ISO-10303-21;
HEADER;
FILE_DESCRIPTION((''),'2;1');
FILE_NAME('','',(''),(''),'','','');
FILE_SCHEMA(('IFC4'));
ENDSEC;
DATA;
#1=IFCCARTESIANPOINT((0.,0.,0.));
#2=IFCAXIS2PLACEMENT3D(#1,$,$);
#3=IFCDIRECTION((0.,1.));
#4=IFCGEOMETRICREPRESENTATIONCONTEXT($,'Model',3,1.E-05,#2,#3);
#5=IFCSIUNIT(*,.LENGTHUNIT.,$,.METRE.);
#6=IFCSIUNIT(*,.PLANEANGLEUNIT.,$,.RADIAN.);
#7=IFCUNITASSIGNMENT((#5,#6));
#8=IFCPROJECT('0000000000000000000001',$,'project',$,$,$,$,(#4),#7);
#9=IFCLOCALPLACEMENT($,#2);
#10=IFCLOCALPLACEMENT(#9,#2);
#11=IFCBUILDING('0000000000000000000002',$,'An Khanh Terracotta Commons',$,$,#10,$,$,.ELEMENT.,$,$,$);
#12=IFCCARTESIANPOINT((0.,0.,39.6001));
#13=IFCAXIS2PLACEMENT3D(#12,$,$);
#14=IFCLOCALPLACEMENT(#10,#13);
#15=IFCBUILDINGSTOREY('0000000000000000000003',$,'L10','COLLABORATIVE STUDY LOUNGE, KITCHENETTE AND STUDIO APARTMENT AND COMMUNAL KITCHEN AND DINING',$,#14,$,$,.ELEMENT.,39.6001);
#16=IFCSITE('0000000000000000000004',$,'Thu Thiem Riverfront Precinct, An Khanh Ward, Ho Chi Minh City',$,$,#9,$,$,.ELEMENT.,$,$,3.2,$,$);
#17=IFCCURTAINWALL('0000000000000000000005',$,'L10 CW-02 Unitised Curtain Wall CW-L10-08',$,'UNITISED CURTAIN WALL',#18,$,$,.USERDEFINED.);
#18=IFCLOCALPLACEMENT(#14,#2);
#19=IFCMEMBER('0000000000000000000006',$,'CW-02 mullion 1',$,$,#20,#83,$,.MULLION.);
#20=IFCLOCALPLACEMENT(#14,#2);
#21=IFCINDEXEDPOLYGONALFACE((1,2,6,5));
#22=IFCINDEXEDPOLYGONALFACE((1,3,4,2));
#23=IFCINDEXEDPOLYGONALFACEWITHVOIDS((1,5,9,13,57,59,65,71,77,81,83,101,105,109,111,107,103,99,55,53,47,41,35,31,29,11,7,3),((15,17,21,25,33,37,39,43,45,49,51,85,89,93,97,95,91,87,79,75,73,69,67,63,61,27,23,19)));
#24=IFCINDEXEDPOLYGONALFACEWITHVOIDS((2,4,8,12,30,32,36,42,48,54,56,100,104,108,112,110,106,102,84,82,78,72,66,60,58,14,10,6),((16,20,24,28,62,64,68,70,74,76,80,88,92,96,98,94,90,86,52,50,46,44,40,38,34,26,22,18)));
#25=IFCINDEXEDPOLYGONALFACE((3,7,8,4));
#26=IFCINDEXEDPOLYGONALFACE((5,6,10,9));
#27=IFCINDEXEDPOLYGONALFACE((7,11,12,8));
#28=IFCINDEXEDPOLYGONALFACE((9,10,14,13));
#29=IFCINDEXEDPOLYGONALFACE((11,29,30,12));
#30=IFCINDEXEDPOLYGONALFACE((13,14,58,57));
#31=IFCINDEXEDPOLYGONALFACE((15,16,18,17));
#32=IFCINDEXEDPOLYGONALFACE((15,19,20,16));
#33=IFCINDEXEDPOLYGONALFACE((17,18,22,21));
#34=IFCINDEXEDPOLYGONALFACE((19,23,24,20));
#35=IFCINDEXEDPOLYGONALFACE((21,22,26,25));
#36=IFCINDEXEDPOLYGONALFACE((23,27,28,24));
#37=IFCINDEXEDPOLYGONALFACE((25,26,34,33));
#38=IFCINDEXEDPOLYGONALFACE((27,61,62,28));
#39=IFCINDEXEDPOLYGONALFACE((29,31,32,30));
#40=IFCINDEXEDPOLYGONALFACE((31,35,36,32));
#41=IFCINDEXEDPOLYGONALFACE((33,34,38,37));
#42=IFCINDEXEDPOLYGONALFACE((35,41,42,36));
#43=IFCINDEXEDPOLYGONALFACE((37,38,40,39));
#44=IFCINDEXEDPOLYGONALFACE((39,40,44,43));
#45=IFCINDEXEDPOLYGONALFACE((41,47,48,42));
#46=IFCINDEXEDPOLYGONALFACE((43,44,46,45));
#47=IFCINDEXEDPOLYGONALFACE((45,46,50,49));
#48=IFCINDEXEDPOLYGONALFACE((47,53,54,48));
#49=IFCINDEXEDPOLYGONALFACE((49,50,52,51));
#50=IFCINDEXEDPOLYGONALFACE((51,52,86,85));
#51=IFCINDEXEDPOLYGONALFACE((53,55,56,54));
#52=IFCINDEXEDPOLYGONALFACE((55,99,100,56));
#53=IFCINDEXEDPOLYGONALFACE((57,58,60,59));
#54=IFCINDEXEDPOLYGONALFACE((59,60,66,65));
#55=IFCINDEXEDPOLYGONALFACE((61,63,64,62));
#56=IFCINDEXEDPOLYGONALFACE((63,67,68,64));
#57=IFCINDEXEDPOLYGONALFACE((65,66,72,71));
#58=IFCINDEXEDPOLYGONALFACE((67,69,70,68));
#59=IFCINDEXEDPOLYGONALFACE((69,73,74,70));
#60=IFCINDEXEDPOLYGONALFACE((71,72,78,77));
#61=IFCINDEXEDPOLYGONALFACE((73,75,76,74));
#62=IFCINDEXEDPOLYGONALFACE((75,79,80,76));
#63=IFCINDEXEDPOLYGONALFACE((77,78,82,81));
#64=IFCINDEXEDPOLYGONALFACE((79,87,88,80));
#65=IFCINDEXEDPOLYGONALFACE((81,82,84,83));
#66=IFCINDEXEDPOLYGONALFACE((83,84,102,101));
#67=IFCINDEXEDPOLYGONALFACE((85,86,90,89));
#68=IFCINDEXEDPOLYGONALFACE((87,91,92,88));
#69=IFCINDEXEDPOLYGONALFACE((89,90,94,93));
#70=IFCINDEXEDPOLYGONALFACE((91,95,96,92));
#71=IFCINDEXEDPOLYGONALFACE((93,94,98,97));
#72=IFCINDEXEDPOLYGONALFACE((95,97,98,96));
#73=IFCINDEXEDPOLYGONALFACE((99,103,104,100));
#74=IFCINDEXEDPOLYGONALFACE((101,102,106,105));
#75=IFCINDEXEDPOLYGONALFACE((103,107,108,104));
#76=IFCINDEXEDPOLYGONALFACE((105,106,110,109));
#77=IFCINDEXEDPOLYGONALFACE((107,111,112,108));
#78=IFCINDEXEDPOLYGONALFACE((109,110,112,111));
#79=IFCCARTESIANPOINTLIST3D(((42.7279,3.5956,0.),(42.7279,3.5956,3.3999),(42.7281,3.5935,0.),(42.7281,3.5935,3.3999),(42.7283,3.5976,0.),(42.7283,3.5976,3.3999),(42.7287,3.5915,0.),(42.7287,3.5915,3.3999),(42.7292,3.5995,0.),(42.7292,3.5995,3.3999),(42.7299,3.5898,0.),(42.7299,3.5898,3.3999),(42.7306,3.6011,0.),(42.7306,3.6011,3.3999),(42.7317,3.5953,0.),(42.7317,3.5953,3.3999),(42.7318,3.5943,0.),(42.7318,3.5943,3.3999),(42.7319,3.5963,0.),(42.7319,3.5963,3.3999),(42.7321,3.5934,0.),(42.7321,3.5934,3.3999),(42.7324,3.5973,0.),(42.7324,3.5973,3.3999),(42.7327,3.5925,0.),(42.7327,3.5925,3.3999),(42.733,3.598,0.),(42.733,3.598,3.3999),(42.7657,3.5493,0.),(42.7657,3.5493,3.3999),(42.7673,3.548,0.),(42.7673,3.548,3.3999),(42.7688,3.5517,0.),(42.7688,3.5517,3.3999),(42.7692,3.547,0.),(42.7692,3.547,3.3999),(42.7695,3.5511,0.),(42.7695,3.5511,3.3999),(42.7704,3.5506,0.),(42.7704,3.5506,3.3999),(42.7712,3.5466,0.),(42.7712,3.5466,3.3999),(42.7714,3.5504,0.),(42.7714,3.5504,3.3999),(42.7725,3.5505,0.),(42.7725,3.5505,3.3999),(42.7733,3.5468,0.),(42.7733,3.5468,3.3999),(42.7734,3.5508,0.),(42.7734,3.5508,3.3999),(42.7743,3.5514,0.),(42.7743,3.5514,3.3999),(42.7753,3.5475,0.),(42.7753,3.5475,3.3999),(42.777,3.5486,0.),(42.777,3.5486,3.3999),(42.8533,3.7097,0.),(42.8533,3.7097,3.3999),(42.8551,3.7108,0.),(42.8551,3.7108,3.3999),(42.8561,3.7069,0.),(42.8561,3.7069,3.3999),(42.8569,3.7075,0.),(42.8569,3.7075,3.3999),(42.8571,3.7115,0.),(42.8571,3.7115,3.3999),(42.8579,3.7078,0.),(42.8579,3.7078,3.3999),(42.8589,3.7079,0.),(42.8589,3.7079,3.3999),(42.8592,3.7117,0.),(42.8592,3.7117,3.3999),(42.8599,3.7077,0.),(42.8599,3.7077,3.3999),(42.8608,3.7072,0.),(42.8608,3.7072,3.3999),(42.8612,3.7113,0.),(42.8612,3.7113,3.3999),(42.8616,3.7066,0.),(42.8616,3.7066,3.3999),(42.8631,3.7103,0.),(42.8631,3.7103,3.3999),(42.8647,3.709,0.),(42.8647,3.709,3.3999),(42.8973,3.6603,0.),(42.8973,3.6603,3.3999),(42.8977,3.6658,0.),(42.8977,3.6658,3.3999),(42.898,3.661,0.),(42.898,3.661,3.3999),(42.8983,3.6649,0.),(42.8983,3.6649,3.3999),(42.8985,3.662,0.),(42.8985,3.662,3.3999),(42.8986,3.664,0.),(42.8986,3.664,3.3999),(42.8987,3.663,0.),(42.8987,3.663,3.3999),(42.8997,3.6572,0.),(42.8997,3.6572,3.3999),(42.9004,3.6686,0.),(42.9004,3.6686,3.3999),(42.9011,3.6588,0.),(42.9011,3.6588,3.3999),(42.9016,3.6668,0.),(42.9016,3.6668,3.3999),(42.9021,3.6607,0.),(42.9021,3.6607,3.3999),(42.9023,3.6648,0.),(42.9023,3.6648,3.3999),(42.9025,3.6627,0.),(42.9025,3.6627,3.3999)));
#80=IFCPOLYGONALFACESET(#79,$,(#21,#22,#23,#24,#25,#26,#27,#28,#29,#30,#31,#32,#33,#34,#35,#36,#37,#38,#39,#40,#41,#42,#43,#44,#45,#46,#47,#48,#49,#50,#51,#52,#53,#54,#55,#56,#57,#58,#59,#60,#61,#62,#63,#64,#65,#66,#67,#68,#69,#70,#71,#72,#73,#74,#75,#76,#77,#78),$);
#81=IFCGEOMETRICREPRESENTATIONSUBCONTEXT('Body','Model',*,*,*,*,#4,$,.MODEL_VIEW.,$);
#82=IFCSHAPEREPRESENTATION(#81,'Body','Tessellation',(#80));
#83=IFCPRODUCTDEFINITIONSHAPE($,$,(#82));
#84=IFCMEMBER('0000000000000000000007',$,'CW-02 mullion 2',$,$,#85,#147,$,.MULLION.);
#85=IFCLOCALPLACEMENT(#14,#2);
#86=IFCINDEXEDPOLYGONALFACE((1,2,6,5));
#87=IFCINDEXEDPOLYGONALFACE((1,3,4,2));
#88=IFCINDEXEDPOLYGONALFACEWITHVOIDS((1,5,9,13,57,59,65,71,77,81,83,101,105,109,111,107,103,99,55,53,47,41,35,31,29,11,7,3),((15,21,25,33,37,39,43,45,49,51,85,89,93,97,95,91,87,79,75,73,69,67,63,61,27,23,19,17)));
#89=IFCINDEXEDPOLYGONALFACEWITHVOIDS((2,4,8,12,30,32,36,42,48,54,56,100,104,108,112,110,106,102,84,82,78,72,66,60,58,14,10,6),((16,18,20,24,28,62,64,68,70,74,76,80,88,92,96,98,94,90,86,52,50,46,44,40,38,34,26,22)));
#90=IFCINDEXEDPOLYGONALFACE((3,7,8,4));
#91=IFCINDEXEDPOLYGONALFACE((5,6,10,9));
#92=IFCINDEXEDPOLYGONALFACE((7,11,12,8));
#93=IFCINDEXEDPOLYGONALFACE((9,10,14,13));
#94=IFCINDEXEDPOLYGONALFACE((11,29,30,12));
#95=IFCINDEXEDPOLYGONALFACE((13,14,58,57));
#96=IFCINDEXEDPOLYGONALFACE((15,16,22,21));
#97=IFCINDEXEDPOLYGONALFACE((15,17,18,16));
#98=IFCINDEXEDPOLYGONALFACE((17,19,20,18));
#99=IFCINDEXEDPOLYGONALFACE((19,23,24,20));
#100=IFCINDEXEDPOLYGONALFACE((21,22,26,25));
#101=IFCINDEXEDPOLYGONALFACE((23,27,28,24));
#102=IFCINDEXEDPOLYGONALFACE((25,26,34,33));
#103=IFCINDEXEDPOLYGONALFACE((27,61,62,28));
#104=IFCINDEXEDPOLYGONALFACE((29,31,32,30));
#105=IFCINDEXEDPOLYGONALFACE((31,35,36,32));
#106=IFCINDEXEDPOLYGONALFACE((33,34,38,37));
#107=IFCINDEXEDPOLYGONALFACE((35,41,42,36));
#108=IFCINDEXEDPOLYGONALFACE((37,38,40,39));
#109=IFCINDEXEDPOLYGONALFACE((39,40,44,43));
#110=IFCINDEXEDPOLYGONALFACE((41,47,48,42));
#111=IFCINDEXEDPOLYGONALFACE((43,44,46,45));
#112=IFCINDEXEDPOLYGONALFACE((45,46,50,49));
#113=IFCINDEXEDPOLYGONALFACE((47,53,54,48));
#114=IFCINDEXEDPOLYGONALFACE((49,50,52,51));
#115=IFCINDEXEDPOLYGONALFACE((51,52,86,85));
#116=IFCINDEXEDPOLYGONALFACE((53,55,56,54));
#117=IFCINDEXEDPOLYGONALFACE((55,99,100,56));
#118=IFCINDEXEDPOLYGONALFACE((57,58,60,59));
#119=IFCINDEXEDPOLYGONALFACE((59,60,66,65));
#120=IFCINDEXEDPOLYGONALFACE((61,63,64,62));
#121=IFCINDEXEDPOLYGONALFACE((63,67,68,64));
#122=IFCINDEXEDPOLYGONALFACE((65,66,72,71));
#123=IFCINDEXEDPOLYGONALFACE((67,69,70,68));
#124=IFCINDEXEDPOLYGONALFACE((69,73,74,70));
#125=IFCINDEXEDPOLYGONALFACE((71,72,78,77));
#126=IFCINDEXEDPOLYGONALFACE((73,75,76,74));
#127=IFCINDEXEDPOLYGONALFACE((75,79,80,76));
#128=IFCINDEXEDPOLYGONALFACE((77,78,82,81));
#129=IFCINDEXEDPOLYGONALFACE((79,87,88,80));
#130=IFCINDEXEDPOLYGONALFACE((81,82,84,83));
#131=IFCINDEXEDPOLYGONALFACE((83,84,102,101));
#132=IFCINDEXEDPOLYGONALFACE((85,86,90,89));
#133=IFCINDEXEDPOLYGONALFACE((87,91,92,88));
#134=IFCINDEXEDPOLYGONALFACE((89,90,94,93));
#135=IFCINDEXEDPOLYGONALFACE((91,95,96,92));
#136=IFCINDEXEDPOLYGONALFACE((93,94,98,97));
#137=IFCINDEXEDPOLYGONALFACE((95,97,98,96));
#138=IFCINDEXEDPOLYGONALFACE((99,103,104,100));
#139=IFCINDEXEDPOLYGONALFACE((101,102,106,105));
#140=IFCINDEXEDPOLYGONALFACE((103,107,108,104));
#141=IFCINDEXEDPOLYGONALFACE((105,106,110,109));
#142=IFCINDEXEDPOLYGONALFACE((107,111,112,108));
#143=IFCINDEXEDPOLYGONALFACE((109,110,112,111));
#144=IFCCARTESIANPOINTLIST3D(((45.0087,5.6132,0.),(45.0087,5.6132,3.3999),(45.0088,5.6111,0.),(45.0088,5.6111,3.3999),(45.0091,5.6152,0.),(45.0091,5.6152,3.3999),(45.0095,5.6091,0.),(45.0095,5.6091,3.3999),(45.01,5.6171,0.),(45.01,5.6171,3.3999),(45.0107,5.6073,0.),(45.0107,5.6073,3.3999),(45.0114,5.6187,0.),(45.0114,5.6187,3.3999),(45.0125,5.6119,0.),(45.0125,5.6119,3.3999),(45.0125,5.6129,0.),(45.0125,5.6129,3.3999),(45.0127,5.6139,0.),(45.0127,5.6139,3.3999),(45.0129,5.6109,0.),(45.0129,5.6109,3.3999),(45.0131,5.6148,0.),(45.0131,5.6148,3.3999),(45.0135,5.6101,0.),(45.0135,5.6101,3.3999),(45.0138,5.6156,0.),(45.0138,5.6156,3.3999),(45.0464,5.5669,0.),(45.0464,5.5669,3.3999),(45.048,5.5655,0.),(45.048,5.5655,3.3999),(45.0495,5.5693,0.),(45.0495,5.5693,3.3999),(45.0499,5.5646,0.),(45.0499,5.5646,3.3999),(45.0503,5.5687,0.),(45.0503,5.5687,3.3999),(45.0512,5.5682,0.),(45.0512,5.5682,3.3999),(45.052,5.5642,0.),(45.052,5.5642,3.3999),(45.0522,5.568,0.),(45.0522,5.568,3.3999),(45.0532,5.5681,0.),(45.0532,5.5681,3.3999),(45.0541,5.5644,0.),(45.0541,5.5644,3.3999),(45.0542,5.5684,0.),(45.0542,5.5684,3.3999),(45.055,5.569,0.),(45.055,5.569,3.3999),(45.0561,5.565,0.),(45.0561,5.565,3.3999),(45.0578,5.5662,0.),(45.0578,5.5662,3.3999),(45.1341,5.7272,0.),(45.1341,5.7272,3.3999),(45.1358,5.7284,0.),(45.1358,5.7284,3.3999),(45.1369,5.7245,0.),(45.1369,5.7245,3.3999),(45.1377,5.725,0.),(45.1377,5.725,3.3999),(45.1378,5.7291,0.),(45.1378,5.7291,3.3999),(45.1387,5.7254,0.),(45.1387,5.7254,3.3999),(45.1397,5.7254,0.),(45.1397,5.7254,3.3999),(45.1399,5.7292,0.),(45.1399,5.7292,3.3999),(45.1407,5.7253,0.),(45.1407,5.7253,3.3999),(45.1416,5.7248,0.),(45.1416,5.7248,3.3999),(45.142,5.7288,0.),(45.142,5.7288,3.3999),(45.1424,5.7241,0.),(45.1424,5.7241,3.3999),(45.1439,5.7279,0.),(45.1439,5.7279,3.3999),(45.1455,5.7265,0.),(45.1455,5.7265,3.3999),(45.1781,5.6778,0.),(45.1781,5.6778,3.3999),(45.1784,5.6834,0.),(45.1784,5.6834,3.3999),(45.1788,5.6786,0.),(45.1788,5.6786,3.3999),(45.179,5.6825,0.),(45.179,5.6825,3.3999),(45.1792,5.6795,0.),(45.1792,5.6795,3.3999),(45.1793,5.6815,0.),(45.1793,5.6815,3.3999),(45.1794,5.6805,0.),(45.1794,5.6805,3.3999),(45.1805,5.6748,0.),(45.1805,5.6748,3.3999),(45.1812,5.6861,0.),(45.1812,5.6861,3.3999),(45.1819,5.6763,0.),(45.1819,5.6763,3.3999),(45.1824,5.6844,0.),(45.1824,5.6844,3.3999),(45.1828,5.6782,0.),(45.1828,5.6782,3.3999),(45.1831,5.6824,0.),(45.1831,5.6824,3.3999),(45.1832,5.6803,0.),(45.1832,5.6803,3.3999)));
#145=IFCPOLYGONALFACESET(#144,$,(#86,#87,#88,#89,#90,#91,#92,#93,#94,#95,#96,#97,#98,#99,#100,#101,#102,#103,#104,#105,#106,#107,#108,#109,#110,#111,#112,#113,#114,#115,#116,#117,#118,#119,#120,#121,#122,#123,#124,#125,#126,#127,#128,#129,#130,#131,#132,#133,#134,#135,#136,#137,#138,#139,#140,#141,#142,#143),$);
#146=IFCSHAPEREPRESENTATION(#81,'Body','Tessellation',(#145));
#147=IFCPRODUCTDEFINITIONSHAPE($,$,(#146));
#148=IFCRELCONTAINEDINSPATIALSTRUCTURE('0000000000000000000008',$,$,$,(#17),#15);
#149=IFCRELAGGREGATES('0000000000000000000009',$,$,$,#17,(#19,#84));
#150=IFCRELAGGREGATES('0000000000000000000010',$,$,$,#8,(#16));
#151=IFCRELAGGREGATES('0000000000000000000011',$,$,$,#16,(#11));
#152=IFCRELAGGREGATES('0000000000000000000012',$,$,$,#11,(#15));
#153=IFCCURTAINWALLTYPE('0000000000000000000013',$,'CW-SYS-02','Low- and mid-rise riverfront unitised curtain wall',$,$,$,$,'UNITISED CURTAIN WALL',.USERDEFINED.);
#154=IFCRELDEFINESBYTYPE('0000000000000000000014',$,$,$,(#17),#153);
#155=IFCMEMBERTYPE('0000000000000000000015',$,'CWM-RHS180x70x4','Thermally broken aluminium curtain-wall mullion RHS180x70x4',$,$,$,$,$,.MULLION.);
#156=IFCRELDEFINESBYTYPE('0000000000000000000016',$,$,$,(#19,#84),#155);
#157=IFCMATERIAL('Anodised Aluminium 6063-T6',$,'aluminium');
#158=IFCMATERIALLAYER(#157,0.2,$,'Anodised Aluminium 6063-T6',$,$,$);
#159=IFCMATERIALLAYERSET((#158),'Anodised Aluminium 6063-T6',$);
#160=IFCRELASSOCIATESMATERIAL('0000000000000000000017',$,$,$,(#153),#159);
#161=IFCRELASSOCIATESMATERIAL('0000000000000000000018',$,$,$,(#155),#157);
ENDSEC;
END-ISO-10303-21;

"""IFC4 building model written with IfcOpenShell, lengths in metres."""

from ifc_helpers import new_model, si_unit, direction, frame, origin, origin_2d, place, context, subcontext, project, spatial, hollow_rectangle, extrude, material, layer, layer_set, material_profile, profile_set, type_object, element, aggregate, save


model = new_model("IFC4")

# Units and contexts
model_context = context("Model", 3, precision=1e-05, world=origin(), true_north=direction((0.0, 1.0)))
body_context = subcontext(model_context, "Body", "Model", "MODEL_VIEW")
ifc_project = project(units=[si_unit("LENGTHUNIT", "METRE"), si_unit("PLANEANGLEUNIT", "RADIAN")], contexts=[model_context])

# Site, building, storey
site_placement = place(None, origin())
site = spatial("IfcSite", under=ifc_project, at=site_placement, Name="Thu Thiem Riverfront Precinct, An Khanh Ward, Ho Chi Minh City", CompositionType="ELEMENT", RefElevation=3.2)
building_placement = place(site_placement, origin())
building = spatial("IfcBuilding", under=site, at=building_placement, Name="An Khanh Terracotta Commons", CompositionType="ELEMENT")
storey_placement = place(building_placement, frame((0.0, 0.0, 39.6001)))
storey = spatial("IfcBuildingStorey", under=building, at=storey_placement, Name="L10", Description="COLLABORATIVE STUDY LOUNGE, KITCHENETTE AND STUDIO APARTMENT AND COMMUNAL KITCHEN AND DINING", CompositionType="ELEMENT", Elevation=39.6001)

# Curtain wall, members
ifc_material_1 = material(Name="Anodised Aluminium 6063-T6", Category="aluminium")
ifc_layer_1 = layer(ifc_material_1, 0.2, Name="Anodised Aluminium 6063-T6")
ifc_layer_set_1 = layer_set([ifc_layer_1], Name="Anodised Aluminium 6063-T6")
curtain_wall_type = type_object("IfcCurtainWallType", Name="CW-SYS-02", Description="Low- and mid-rise riverfront unitised curtain wall", ElementType="UNITISED CURTAIN WALL", PredefinedType="USERDEFINED", material=ifc_layer_set_1)
curtain_wall_1_placement = place(storey_placement, origin())
curtain_wall_1 = element("IfcCurtainWall", 1, at=curtain_wall_1_placement, inside=storey, type_object=curtain_wall_type, Name="L10 CW-02 Unitised Curtain Wall CW-L10-08", ObjectType="UNITISED CURTAIN WALL", PredefinedType="USERDEFINED")
ifc_material_profile_1 = material_profile(ifc_material_1, hollow_rectangle(XDim=0.0701, YDim=0.1799, WallThickness=0.0039, InnerFilletRadius=0.0039, OuterFilletRadius=0.0081, at=origin_2d()), Name="RHS180x70x4")
ifc_profile_set_1 = profile_set([ifc_material_profile_1], Name="Anodised Aluminium 6063-T6")
member_type_1 = type_object("IfcMemberType", Name="CWM-RHS180x70x4", Description="Thermally broken aluminium curtain-wall mullion RHS180x70x4", PredefinedType="MULLION", material=ifc_profile_set_1)
member_1_placement = place(storey_placement, frame((42.8152, 3.6292, 0.0), z_axis=(0.0, 0.0, 1.0), x_axis=(-0.662548, 0.749019, 0.0)))
member_1 = element("IfcMember", 2, at=member_1_placement, type_object=member_type_1, Name="CW-02 mullion 1", PredefinedType="MULLION", context=body_context, shape_type="SweptSolid", body=[
    extrude(hollow_rectangle(XDim=0.0701, YDim=0.1799, WallThickness=0.0039, InnerFilletRadius=0.0039, OuterFilletRadius=0.0081, at=origin_2d()), origin(), (0.0, 0.0, 1.0), 3.3999),
])
member_2_placement = place(storey_placement, frame((45.0959, 5.6467, 0.0), z_axis=(0.0, 0.0, 1.0), x_axis=(-0.662548, 0.749019, 0.0)))
member_2 = element("IfcMember", 3, at=member_2_placement, type_object=member_type_1, Name="CW-02 mullion 2", PredefinedType="MULLION", context=body_context, shape_type="SweptSolid", body=[
    extrude(hollow_rectangle(XDim=0.0701, YDim=0.1799, WallThickness=0.0039, InnerFilletRadius=0.0039, OuterFilletRadius=0.0081, at=origin_2d()), origin(), (0.0, 0.0, 1.0), 3.3999),
])

aggregate(curtain_wall_1, [member_1, member_2])

save(model, "model.ifc")
